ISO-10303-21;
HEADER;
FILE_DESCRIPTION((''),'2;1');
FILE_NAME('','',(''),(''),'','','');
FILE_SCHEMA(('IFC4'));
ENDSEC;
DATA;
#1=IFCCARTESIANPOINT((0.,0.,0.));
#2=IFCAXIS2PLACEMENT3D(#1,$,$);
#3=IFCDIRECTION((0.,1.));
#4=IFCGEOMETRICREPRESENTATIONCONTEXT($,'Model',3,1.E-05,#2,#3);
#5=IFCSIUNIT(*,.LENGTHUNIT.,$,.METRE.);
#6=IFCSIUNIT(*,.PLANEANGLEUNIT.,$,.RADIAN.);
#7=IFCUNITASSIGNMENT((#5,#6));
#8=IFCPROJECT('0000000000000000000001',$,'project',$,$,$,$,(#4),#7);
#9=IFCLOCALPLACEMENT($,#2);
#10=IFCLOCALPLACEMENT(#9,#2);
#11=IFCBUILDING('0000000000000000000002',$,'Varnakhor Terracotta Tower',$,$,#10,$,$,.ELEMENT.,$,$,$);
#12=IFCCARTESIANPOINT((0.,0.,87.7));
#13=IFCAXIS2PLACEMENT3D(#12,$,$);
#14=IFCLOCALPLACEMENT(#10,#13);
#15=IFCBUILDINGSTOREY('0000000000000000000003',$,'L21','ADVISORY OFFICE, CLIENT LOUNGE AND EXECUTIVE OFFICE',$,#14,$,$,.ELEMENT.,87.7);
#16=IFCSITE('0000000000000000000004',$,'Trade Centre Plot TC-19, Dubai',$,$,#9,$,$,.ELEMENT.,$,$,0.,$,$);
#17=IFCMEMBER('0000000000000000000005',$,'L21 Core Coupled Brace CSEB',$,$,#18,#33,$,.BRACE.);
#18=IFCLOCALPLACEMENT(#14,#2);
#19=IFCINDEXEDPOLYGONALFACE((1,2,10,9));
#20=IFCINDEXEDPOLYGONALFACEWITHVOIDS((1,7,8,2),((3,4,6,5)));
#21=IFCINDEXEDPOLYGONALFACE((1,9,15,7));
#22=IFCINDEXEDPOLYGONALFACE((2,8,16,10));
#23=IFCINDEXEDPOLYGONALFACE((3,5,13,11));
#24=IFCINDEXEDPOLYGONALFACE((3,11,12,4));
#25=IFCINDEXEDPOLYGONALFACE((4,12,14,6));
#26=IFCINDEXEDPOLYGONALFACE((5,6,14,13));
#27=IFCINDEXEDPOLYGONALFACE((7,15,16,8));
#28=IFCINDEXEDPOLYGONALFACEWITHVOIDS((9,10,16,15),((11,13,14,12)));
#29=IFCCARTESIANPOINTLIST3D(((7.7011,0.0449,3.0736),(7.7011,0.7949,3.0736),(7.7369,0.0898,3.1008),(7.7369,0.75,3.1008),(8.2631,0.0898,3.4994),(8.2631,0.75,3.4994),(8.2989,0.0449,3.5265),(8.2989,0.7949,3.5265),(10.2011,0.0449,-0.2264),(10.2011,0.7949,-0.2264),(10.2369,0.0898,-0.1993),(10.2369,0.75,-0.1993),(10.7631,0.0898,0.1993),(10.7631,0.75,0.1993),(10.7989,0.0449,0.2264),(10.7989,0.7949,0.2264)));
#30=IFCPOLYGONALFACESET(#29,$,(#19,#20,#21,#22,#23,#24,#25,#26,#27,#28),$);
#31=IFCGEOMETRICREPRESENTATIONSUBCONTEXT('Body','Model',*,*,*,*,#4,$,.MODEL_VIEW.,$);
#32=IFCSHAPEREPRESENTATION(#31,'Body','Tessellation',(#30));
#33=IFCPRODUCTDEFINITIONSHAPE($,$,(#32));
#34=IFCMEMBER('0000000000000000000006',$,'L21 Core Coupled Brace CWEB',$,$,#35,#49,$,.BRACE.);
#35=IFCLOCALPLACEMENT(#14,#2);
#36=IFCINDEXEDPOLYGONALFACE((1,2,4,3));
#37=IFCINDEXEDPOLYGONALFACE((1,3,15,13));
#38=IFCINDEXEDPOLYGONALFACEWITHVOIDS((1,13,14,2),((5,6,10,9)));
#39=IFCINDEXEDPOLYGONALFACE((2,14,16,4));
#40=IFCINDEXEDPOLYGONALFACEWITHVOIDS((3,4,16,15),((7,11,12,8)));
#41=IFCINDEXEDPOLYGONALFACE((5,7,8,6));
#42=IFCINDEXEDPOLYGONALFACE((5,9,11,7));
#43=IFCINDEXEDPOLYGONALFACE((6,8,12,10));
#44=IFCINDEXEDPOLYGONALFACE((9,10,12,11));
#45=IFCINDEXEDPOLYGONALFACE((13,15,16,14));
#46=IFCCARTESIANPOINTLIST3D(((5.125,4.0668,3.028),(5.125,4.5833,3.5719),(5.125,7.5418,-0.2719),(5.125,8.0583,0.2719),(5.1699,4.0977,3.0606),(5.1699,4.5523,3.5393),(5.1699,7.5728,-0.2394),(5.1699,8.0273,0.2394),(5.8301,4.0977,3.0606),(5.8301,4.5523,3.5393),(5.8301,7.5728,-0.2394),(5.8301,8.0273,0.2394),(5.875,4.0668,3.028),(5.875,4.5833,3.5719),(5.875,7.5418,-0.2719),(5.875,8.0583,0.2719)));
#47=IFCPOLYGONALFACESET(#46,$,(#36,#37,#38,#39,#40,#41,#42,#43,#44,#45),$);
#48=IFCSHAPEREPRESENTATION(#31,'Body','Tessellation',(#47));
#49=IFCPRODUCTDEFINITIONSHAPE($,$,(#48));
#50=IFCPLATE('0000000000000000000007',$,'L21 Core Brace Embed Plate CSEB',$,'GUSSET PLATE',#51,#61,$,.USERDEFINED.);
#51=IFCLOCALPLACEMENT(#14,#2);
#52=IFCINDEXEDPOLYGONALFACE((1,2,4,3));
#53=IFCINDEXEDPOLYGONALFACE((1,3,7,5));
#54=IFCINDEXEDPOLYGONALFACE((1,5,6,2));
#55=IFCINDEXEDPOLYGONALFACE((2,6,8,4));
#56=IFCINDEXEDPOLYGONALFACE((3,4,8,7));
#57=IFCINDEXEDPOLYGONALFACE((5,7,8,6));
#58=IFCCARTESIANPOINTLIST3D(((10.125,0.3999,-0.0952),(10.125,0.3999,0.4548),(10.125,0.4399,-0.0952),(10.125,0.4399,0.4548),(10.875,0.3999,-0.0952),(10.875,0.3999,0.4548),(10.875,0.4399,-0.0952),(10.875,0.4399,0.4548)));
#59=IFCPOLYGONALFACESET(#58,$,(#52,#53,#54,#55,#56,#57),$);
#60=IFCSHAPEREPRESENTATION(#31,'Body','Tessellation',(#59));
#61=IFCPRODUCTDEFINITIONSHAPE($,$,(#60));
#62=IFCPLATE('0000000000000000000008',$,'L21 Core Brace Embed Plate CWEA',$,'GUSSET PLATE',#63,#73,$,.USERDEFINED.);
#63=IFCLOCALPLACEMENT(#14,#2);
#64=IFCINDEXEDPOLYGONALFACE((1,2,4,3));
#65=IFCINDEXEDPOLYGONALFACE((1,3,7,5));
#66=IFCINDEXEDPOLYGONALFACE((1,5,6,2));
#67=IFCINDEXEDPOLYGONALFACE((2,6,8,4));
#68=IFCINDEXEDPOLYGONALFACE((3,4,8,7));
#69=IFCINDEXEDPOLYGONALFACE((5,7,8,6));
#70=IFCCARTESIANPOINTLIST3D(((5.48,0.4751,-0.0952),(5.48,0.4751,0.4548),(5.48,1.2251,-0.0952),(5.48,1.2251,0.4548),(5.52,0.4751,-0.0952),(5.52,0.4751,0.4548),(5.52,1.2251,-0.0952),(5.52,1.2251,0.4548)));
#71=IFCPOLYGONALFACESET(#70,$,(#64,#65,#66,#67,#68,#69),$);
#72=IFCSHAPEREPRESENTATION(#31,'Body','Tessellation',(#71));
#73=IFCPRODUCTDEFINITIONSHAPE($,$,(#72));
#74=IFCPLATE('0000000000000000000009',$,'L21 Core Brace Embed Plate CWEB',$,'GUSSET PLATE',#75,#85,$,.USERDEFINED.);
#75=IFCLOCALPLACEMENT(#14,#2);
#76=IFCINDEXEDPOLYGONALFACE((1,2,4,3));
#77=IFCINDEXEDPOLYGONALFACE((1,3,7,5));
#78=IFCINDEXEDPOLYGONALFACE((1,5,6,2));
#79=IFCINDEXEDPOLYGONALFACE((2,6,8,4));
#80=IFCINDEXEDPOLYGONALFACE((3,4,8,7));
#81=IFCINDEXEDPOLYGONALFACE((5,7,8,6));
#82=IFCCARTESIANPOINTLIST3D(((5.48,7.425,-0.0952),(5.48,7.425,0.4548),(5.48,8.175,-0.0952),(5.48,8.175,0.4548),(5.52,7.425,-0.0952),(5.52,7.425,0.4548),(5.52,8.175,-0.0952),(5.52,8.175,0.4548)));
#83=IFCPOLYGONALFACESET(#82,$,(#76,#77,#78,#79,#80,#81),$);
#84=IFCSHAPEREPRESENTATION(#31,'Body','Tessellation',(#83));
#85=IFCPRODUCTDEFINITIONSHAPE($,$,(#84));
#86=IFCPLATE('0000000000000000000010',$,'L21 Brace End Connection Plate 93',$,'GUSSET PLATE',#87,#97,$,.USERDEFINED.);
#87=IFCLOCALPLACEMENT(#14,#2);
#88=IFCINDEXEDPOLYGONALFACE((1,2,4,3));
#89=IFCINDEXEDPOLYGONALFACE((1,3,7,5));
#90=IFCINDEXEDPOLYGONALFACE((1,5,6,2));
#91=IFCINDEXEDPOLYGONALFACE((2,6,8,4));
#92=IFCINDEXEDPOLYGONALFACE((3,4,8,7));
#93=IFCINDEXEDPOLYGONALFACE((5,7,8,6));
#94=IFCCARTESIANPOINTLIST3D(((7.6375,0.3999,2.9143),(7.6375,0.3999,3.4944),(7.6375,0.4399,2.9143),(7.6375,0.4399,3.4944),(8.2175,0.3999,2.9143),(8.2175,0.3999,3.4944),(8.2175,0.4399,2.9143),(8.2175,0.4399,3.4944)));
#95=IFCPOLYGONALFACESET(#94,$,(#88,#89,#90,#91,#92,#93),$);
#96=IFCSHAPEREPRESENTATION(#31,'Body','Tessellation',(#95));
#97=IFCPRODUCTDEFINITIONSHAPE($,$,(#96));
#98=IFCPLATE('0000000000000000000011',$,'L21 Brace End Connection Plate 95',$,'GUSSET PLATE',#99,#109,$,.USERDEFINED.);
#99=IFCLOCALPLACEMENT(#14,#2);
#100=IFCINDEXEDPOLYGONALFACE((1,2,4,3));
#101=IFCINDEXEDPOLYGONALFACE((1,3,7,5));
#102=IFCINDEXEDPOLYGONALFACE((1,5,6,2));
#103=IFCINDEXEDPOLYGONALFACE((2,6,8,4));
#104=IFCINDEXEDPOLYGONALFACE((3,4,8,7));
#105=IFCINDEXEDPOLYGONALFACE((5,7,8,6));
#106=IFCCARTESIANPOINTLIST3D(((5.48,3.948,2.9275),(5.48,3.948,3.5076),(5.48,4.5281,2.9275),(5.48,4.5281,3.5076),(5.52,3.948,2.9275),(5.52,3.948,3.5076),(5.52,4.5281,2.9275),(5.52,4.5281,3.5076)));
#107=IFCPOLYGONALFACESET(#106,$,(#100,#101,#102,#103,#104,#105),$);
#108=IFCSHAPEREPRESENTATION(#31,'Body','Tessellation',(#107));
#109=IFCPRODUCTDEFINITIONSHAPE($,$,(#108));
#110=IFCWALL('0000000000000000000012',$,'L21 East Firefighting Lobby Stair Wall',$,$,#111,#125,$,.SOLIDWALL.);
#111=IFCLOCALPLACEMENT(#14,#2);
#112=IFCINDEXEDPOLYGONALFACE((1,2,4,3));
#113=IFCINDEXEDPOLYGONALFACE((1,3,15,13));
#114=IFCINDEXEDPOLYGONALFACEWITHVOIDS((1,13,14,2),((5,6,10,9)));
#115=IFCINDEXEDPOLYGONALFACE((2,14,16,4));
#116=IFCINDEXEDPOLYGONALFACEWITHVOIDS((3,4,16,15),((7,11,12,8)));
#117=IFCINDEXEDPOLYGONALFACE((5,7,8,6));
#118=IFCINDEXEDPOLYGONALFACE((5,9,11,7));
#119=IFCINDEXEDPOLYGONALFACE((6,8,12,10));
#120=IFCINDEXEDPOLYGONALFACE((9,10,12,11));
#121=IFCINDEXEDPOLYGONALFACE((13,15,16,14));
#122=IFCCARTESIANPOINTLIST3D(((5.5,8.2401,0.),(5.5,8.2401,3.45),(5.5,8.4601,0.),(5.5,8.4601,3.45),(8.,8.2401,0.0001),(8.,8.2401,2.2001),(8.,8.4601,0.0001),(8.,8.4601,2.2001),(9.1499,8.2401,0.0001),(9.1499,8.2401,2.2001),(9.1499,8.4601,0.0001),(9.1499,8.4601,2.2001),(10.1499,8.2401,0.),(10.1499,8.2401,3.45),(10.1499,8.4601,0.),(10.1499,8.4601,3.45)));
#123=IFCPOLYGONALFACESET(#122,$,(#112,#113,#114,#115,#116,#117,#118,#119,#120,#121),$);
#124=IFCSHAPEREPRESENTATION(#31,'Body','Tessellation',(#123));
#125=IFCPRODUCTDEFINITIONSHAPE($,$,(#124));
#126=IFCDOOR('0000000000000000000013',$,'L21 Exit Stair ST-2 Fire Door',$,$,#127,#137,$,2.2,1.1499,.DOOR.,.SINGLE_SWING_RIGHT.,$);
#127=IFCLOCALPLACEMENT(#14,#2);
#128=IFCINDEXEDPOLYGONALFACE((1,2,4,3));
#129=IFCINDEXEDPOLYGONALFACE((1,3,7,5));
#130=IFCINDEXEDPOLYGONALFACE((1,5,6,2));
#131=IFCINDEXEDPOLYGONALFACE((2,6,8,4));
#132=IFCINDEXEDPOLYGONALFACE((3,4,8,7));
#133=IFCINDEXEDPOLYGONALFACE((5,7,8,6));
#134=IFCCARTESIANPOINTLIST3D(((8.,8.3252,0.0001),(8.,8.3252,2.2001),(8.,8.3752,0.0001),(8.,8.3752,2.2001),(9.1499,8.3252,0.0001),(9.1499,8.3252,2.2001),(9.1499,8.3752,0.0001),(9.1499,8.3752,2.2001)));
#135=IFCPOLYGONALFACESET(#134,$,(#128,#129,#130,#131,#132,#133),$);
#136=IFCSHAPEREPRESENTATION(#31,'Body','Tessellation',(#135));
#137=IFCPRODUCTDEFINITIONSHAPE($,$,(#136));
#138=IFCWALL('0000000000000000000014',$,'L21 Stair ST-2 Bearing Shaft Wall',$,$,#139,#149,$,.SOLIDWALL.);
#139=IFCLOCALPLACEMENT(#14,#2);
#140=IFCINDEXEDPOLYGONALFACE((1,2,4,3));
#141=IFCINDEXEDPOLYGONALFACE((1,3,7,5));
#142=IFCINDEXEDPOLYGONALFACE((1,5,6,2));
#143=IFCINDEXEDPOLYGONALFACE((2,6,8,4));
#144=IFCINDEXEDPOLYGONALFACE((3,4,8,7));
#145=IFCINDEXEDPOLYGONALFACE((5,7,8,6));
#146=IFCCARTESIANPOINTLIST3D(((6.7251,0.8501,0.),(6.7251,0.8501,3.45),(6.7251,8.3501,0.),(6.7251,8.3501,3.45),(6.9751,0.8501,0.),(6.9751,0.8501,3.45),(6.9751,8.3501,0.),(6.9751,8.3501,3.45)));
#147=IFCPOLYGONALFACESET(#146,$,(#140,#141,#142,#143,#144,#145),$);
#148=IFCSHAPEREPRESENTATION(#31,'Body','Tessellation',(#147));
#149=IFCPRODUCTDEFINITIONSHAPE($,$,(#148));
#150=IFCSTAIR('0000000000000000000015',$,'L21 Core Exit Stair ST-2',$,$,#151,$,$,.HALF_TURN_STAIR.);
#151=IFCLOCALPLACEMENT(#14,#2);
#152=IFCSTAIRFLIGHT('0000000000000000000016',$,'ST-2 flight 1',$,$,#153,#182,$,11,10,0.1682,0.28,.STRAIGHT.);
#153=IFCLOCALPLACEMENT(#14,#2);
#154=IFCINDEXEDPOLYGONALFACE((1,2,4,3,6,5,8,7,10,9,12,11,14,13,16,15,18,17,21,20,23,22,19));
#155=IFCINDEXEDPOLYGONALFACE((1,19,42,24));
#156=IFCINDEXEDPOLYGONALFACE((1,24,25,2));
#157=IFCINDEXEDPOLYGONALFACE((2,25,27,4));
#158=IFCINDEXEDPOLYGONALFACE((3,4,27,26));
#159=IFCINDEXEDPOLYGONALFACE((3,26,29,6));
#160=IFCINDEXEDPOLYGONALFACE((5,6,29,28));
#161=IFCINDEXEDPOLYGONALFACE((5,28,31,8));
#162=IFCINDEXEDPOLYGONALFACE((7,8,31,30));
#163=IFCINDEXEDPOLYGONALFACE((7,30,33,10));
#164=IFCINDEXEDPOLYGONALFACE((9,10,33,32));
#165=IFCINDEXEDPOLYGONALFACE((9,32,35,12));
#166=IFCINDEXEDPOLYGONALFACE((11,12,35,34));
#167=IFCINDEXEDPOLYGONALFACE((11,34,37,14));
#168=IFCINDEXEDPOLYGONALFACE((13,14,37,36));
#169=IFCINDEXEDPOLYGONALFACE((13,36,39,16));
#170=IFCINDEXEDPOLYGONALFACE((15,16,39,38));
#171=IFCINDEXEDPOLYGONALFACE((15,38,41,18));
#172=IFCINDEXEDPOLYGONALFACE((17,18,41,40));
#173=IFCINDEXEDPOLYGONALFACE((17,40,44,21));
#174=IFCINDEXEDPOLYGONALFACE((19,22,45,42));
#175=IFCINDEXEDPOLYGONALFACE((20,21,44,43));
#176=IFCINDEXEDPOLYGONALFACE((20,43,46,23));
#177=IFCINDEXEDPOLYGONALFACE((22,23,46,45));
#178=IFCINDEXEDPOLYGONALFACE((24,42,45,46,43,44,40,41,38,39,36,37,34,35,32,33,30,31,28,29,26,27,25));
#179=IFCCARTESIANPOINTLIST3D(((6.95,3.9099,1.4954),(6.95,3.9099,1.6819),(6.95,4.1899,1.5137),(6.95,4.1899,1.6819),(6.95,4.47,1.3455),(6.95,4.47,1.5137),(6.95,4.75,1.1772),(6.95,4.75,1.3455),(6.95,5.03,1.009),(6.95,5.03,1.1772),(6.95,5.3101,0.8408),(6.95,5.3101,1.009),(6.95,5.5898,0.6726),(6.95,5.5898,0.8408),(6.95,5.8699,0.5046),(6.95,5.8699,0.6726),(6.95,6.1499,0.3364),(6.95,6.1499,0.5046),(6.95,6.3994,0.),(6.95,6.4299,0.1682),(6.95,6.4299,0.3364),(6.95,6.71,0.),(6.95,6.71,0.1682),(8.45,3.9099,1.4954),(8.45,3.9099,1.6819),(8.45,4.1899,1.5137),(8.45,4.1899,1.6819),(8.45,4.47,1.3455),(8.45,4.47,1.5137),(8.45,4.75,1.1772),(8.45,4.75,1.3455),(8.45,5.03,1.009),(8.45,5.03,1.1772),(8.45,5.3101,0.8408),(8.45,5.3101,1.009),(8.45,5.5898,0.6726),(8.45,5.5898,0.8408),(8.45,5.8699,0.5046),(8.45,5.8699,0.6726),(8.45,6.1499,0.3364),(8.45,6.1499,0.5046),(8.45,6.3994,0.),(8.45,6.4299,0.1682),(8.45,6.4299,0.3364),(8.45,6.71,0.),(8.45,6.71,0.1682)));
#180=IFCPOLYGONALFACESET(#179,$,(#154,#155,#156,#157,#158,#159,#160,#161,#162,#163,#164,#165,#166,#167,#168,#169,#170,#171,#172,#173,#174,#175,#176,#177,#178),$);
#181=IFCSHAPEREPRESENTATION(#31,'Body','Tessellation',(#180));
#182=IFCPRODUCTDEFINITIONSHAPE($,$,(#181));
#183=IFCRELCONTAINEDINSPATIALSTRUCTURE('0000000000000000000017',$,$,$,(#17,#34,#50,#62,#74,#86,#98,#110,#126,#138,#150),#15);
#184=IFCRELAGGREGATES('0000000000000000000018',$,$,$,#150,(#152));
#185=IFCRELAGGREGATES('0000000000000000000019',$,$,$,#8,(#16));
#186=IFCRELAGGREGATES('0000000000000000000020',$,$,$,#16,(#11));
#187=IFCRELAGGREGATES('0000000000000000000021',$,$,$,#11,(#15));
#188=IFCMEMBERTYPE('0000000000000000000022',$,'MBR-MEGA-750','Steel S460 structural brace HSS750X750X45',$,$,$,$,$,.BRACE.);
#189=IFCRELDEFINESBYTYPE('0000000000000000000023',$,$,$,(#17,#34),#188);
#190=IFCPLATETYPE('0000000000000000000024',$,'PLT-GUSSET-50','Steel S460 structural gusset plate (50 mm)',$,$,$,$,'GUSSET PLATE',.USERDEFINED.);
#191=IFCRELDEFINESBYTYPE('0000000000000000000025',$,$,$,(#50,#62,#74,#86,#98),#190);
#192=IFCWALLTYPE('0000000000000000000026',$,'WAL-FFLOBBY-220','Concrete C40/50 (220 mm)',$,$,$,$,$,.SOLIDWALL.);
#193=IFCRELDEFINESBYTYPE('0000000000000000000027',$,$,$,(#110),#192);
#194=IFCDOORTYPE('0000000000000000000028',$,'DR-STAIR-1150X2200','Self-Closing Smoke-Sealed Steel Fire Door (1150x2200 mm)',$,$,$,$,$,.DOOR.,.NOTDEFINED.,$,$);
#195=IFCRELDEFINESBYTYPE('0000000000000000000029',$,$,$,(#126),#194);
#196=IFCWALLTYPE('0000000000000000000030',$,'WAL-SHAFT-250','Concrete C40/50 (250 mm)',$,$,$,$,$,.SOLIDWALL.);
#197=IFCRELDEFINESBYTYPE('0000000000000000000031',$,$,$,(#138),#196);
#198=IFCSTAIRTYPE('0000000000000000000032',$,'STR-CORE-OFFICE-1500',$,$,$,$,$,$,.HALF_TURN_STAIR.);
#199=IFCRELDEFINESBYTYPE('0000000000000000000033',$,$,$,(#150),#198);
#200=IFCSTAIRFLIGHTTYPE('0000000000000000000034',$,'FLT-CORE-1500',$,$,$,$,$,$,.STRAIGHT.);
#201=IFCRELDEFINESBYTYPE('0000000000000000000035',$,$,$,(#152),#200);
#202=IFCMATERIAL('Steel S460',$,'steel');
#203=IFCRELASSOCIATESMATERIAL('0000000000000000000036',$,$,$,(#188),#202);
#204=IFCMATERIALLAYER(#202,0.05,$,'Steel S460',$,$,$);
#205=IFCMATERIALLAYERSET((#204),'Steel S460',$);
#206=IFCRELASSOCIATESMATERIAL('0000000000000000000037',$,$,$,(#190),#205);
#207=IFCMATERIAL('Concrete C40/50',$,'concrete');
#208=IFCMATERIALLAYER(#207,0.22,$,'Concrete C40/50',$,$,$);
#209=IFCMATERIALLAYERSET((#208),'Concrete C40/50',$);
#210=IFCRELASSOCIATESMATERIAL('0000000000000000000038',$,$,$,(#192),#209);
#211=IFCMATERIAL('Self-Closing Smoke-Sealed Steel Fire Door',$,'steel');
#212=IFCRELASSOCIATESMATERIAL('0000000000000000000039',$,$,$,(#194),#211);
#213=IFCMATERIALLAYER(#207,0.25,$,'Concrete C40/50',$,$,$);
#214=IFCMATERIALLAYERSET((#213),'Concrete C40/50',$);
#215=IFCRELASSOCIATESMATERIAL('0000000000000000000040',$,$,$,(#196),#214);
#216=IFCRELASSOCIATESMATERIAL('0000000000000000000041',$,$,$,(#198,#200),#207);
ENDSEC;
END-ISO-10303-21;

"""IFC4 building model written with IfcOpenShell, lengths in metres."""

from ifc_helpers import new_model, si_unit, direction, frame, frame_2d, origin, origin_2d, place, context, subcontext, project, spatial, polyline, rectangle, hollow_rectangle, outline, extrude, source, transform, mapped, material, layer, layer_set, material_profile, profile_set, type_object, type_shapes, element, fill, aggregate, save


model = new_model("IFC4")

# Units and contexts
model_context = context("Model", 3, precision=1e-05, world=origin(), true_north=direction((0.0, 1.0)))
body_context = subcontext(model_context, "Body", "Model", "MODEL_VIEW")
ifc_project = project(units=[si_unit("LENGTHUNIT", "METRE"), si_unit("PLANEANGLEUNIT", "RADIAN")], contexts=[model_context])

# Site, building, storey
site_placement = place(None, origin())
site = spatial("IfcSite", under=ifc_project, at=site_placement, Name="Trade Centre Plot TC-19, Dubai", CompositionType="ELEMENT", RefElevation=0.0)
building_placement = place(site_placement, origin())
building = spatial("IfcBuilding", under=site, at=building_placement, Name="Varnakhor Terracotta Tower", CompositionType="ELEMENT")
storey_placement = place(building_placement, frame((0.0, 0.0, 87.7)))
storey = spatial("IfcBuildingStorey", under=building, at=storey_placement, Name="L21", Description="ADVISORY OFFICE, CLIENT LOUNGE AND EXECUTIVE OFFICE", CompositionType="ELEMENT", Elevation=87.7)

# Members
ifc_material_1 = material(Name="Steel S460", Category="steel")
ifc_material_profile = material_profile(ifc_material_1, hollow_rectangle(XDim=0.75, YDim=0.75, WallThickness=0.0449, at=origin_2d()), Name="HSS750X750X45")
ifc_profile_set = profile_set([ifc_material_profile], Name="Steel S460")
member_type = type_object("IfcMemberType", Name="MBR-MEGA-750", Description="Steel S460 structural brace HSS750X750X45", PredefinedType="BRACE", material=ifc_profile_set)
shared_shape_1 = source(origin(), body_context, "Body", "SweptSolid", [
    extrude(hollow_rectangle(XDim=0.75, YDim=0.75, WallThickness=0.0449, at=origin_2d()), origin(), (0.0, 0.0, 1.0), 4.1401),
])
type_shapes(member_type, [shared_shape_1])
member_1_placement = place(storey_placement, frame((10.5, 0.4199, 0.0), z_axis=(-0.603852, 0.0, 0.797096), x_axis=(0.0, -1.0, 0.0)))
element("IfcMember", 1, at=member_1_placement, inside=storey, type_object=member_type, Name="L21 Core Coupled Brace CSEB", PredefinedType="BRACE", context=body_context, shape_type="MappedRepresentation", body=[
    mapped(shared_shape_1, transform((0.0, 0.0, 0.0), scale=1.0)),
])
shared_shape_2 = source(origin(), body_context, "Body", "SweptSolid", [
    extrude(hollow_rectangle(XDim=0.75, YDim=0.75, WallThickness=0.0449, at=origin_2d()), origin(), (0.0, 0.0, 1.0), 4.7922),
])
member_2_placement = place(storey_placement, frame((5.5, 7.8, 0.0), z_axis=(0.0, -0.725134, 0.688608), x_axis=(1.0, 0.0, 0.0)))
element("IfcMember", 2, at=member_2_placement, inside=storey, type_object=member_type, Name="L21 Core Coupled Brace CWEB", PredefinedType="BRACE", context=body_context, shape_type="MappedRepresentation", body=[
    mapped(shared_shape_2, transform((0.0, 0.0, 0.0), scale=1.0)),
])

# Plates
ifc_layer_1 = layer(ifc_material_1, 0.05, Name="Steel S460")
ifc_layer_set_1 = layer_set([ifc_layer_1], Name="Steel S460")
plate_type = type_object("IfcPlateType", Name="PLT-GUSSET-50", Description="Steel S460 structural gusset plate (50 mm)", ElementType="GUSSET PLATE", PredefinedType="USERDEFINED", material=ifc_layer_set_1)
shared_shape_3 = source(origin(), body_context, "Body", "SweptSolid", [
    extrude(rectangle(XDim=0.75, YDim=0.04, at=origin_2d()), origin(), (0.0, 0.0, 1.0), 0.55),
])
type_shapes(plate_type, [shared_shape_3])
for number, where, z_axis, x_axis, name in (
    (3, (10.5, 0.4199, -0.0952), (0.0, 0.0, 1.0), (1.0, 0.0, 0.0), "L21 Core Brace Embed Plate CSEB"),
    (4, (5.5, 0.8501, -0.0952), (0.0, 0.0, 1.0), (0.0, 1.0, 0.0), "L21 Core Brace Embed Plate CWEA"),
    (5, (5.5, 7.8, -0.0952), (0.0, 0.0, 1.0), (0.0, 1.0, 0.0), "L21 Core Brace Embed Plate CWEB"),
):
    element("IfcPlate", number, at=place(storey_placement, frame(where, z_axis=z_axis, x_axis=x_axis)), inside=storey, type_object=plate_type, Name=name, ObjectType="GUSSET PLATE", PredefinedType="USERDEFINED", context=body_context, shape_type="MappedRepresentation", body=[
        mapped(shared_shape_3, transform((0.0, 0.0, 0.0), scale=1.0)),
    ])
shared_shape_4 = source(origin(), body_context, "Body", "SweptSolid", [
    extrude(rectangle(XDim=0.5801, YDim=0.04, at=origin_2d()), origin(), (0.0, 0.0, 1.0), 0.5801),
])
for number, where, z_axis, x_axis, name in (
    (6, (7.9275, 0.4199, 2.9143), (0.0, 0.0, 1.0), (1.0, 0.0, 0.0), "L21 Brace End Connection Plate 93"),
    (7, (5.5, 4.238, 2.9275), (0.0, 0.0, 1.0), (0.0, 1.0, 0.0), "L21 Brace End Connection Plate 95"),
):
    element("IfcPlate", number, at=place(storey_placement, frame(where, z_axis=z_axis, x_axis=x_axis)), inside=storey, type_object=plate_type, Name=name, ObjectType="GUSSET PLATE", PredefinedType="USERDEFINED", context=body_context, shape_type="MappedRepresentation", body=[
        mapped(shared_shape_4, transform((0.0, 0.0, 0.0), scale=1.0)),
    ])

# Wall, opening, door
ifc_material_2 = material(Name="Concrete C40/50", Category="concrete")
ifc_layer_2 = layer(ifc_material_2, 0.22, Name="Concrete C40/50")
ifc_layer_set_2 = layer_set([ifc_layer_2], Name="Concrete C40/50")
wall_type_1 = type_object("IfcWallType", Name="WAL-FFLOBBY-220", Description="Concrete C40/50 (220 mm)", PredefinedType="SOLIDWALL", material=ifc_layer_set_2)
wall_1_placement = place(storey_placement, frame((10.1499, 8.3501, 0.0), z_axis=(0.0, 0.0, 1.0), x_axis=(-1.0, 0.0, 0.0)))
wall_1 = element("IfcWall", 8, at=wall_1_placement, inside=storey, type_object=wall_type_1, Name="L21 East Firefighting Lobby Stair Wall", PredefinedType="SOLIDWALL", context=body_context, shape_type="SweptSolid", body=[
    extrude(rectangle(XDim=4.6499, YDim=0.22, at=frame_2d((2.325, 0.0))), origin(), (0.0, 0.0, 1.0), 3.45),
])
opening_placement = place(wall_1_placement, frame((1.0, 0.0, 0.0)))
opening = element("IfcOpeningElement", 9, at=opening_placement, cuts=wall_1, PredefinedType="OPENING", context=body_context, shape_type="SweptSolid", body=[
    extrude(rectangle(XDim=1.1499, YDim=2.2, at=frame_2d((0.575, 1.1001))), frame((0.0, 0.1201, 0.0), z_axis=(0.0, -1.0, 0.0), x_axis=(1.0, 0.0, 0.0)), (0.0, 0.0, 1.0), 0.24),
])
ifc_material_3 = material(Name="Self-Closing Smoke-Sealed Steel Fire Door", Category="steel")
door_type = type_object("IfcDoorType", Name="DR-STAIR-1150X2200", Description="Self-Closing Smoke-Sealed Steel Fire Door (1150x2200 mm)", OperationType="NOTDEFINED", PredefinedType="DOOR", material=ifc_material_3)
shared_shape_5 = source(origin(), body_context, "Body", "SweptSolid", [
    extrude(rectangle(XDim=1.1499, YDim=2.2, at=frame_2d((0.575, 1.1001))), frame((0.0, 0.0249, 0.0), z_axis=(0.0, -1.0, 0.0), x_axis=(1.0, 0.0, 0.0)), (0.0, 0.0, 1.0), 0.05),
])
type_shapes(door_type, [shared_shape_5])
door_placement = place(opening_placement, origin())
door = element("IfcDoor", 10, at=door_placement, inside=storey, type_object=door_type, Name="L21 Exit Stair ST-2 Fire Door", OperationType="SINGLE_SWING_RIGHT", OverallHeight=2.2, OverallWidth=1.1499, PredefinedType="DOOR", context=body_context, shape_type="MappedRepresentation", body=[
    mapped(shared_shape_5, transform((0.0, 0.0, 0.0), scale=1.0)),
])
fill(opening, door)

# Wall
ifc_layer_3 = layer(ifc_material_2, 0.25, Name="Concrete C40/50")
ifc_layer_set_3 = layer_set([ifc_layer_3], Name="Concrete C40/50")
wall_type_2 = type_object("IfcWallType", Name="WAL-SHAFT-250", Description="Concrete C40/50 (250 mm)", PredefinedType="SOLIDWALL", material=ifc_layer_set_3)
wall_2_placement = place(storey_placement, frame((6.8501, 0.8501, 0.0), z_axis=(0.0, 0.0, 1.0), x_axis=(0.0, 1.0, 0.0)))
element("IfcWall", 11, at=wall_2_placement, inside=storey, type_object=wall_type_2, Name="L21 Stair ST-2 Bearing Shaft Wall", PredefinedType="SOLIDWALL", context=body_context, shape_type="SweptSolid", body=[
    extrude(rectangle(XDim=7.5, YDim=0.25, at=frame_2d((3.75, 0.0))), origin(), (0.0, 0.0, 1.0), 3.45),
])

# Stair, stair flight
stair_type = type_object("IfcStairType", Name="STR-CORE-OFFICE-1500", PredefinedType="HALF_TURN_STAIR", material=ifc_material_2)
stair_placement = place(storey_placement, origin())
stair = element("IfcStair", 12, at=stair_placement, inside=storey, type_object=stair_type, Name="L21 Core Exit Stair ST-2", PredefinedType="HALF_TURN_STAIR")
stair_flight_type = type_object("IfcStairFlightType", Name="FLT-CORE-1500", PredefinedType="STRAIGHT", material=ifc_material_2)
stair_flight_1_placement = place(storey_placement, frame((7.7, 6.71, 0.0), z_axis=(0.0, 0.0, 1.0), x_axis=(0.0, -1.0, 0.0)))
stair_flight_1 = element("IfcStairFlight", 13, at=stair_flight_1_placement, type_object=stair_flight_type, Name="ST-2 flight 1", NumberOfRisers=11, NumberOfTreads=10, PredefinedType="STRAIGHT", RiserHeight=0.1682, TreadLength=0.28, context=body_context, shape_type="SweptSolid", body=[
    extrude(outline(polyline([(0.0, 0.0), (0.0, 0.1682), (0.28, 0.1682), (0.28, 0.3364), (0.5601, 0.3364), (0.5601, 0.5046), (0.8401, 0.5046), (0.8401, 0.6726), (1.1201, 0.6726), (1.1201, 0.8408), (1.3999, 0.8408), (1.3999, 1.009), (1.6799, 1.009), (1.6799, 1.1772), (1.96, 1.1772), (1.96, 1.3455), (2.24, 1.3455), (2.24, 1.5137), (2.52, 1.5137), (2.52, 1.6819), (2.8, 1.6819), (2.8, 1.8501), (2.8, 1.4954), (0.3105, 0.0), (0.0, 0.0)])), frame((0.0, 0.75, 0.0), z_axis=(0.0, -1.0, 0.0), x_axis=(1.0, 0.0, 0.0)), (0.0, 0.0, 1.0), 1.5),
])
aggregate(stair, [stair_flight_1])

save(model, "model.ifc")
